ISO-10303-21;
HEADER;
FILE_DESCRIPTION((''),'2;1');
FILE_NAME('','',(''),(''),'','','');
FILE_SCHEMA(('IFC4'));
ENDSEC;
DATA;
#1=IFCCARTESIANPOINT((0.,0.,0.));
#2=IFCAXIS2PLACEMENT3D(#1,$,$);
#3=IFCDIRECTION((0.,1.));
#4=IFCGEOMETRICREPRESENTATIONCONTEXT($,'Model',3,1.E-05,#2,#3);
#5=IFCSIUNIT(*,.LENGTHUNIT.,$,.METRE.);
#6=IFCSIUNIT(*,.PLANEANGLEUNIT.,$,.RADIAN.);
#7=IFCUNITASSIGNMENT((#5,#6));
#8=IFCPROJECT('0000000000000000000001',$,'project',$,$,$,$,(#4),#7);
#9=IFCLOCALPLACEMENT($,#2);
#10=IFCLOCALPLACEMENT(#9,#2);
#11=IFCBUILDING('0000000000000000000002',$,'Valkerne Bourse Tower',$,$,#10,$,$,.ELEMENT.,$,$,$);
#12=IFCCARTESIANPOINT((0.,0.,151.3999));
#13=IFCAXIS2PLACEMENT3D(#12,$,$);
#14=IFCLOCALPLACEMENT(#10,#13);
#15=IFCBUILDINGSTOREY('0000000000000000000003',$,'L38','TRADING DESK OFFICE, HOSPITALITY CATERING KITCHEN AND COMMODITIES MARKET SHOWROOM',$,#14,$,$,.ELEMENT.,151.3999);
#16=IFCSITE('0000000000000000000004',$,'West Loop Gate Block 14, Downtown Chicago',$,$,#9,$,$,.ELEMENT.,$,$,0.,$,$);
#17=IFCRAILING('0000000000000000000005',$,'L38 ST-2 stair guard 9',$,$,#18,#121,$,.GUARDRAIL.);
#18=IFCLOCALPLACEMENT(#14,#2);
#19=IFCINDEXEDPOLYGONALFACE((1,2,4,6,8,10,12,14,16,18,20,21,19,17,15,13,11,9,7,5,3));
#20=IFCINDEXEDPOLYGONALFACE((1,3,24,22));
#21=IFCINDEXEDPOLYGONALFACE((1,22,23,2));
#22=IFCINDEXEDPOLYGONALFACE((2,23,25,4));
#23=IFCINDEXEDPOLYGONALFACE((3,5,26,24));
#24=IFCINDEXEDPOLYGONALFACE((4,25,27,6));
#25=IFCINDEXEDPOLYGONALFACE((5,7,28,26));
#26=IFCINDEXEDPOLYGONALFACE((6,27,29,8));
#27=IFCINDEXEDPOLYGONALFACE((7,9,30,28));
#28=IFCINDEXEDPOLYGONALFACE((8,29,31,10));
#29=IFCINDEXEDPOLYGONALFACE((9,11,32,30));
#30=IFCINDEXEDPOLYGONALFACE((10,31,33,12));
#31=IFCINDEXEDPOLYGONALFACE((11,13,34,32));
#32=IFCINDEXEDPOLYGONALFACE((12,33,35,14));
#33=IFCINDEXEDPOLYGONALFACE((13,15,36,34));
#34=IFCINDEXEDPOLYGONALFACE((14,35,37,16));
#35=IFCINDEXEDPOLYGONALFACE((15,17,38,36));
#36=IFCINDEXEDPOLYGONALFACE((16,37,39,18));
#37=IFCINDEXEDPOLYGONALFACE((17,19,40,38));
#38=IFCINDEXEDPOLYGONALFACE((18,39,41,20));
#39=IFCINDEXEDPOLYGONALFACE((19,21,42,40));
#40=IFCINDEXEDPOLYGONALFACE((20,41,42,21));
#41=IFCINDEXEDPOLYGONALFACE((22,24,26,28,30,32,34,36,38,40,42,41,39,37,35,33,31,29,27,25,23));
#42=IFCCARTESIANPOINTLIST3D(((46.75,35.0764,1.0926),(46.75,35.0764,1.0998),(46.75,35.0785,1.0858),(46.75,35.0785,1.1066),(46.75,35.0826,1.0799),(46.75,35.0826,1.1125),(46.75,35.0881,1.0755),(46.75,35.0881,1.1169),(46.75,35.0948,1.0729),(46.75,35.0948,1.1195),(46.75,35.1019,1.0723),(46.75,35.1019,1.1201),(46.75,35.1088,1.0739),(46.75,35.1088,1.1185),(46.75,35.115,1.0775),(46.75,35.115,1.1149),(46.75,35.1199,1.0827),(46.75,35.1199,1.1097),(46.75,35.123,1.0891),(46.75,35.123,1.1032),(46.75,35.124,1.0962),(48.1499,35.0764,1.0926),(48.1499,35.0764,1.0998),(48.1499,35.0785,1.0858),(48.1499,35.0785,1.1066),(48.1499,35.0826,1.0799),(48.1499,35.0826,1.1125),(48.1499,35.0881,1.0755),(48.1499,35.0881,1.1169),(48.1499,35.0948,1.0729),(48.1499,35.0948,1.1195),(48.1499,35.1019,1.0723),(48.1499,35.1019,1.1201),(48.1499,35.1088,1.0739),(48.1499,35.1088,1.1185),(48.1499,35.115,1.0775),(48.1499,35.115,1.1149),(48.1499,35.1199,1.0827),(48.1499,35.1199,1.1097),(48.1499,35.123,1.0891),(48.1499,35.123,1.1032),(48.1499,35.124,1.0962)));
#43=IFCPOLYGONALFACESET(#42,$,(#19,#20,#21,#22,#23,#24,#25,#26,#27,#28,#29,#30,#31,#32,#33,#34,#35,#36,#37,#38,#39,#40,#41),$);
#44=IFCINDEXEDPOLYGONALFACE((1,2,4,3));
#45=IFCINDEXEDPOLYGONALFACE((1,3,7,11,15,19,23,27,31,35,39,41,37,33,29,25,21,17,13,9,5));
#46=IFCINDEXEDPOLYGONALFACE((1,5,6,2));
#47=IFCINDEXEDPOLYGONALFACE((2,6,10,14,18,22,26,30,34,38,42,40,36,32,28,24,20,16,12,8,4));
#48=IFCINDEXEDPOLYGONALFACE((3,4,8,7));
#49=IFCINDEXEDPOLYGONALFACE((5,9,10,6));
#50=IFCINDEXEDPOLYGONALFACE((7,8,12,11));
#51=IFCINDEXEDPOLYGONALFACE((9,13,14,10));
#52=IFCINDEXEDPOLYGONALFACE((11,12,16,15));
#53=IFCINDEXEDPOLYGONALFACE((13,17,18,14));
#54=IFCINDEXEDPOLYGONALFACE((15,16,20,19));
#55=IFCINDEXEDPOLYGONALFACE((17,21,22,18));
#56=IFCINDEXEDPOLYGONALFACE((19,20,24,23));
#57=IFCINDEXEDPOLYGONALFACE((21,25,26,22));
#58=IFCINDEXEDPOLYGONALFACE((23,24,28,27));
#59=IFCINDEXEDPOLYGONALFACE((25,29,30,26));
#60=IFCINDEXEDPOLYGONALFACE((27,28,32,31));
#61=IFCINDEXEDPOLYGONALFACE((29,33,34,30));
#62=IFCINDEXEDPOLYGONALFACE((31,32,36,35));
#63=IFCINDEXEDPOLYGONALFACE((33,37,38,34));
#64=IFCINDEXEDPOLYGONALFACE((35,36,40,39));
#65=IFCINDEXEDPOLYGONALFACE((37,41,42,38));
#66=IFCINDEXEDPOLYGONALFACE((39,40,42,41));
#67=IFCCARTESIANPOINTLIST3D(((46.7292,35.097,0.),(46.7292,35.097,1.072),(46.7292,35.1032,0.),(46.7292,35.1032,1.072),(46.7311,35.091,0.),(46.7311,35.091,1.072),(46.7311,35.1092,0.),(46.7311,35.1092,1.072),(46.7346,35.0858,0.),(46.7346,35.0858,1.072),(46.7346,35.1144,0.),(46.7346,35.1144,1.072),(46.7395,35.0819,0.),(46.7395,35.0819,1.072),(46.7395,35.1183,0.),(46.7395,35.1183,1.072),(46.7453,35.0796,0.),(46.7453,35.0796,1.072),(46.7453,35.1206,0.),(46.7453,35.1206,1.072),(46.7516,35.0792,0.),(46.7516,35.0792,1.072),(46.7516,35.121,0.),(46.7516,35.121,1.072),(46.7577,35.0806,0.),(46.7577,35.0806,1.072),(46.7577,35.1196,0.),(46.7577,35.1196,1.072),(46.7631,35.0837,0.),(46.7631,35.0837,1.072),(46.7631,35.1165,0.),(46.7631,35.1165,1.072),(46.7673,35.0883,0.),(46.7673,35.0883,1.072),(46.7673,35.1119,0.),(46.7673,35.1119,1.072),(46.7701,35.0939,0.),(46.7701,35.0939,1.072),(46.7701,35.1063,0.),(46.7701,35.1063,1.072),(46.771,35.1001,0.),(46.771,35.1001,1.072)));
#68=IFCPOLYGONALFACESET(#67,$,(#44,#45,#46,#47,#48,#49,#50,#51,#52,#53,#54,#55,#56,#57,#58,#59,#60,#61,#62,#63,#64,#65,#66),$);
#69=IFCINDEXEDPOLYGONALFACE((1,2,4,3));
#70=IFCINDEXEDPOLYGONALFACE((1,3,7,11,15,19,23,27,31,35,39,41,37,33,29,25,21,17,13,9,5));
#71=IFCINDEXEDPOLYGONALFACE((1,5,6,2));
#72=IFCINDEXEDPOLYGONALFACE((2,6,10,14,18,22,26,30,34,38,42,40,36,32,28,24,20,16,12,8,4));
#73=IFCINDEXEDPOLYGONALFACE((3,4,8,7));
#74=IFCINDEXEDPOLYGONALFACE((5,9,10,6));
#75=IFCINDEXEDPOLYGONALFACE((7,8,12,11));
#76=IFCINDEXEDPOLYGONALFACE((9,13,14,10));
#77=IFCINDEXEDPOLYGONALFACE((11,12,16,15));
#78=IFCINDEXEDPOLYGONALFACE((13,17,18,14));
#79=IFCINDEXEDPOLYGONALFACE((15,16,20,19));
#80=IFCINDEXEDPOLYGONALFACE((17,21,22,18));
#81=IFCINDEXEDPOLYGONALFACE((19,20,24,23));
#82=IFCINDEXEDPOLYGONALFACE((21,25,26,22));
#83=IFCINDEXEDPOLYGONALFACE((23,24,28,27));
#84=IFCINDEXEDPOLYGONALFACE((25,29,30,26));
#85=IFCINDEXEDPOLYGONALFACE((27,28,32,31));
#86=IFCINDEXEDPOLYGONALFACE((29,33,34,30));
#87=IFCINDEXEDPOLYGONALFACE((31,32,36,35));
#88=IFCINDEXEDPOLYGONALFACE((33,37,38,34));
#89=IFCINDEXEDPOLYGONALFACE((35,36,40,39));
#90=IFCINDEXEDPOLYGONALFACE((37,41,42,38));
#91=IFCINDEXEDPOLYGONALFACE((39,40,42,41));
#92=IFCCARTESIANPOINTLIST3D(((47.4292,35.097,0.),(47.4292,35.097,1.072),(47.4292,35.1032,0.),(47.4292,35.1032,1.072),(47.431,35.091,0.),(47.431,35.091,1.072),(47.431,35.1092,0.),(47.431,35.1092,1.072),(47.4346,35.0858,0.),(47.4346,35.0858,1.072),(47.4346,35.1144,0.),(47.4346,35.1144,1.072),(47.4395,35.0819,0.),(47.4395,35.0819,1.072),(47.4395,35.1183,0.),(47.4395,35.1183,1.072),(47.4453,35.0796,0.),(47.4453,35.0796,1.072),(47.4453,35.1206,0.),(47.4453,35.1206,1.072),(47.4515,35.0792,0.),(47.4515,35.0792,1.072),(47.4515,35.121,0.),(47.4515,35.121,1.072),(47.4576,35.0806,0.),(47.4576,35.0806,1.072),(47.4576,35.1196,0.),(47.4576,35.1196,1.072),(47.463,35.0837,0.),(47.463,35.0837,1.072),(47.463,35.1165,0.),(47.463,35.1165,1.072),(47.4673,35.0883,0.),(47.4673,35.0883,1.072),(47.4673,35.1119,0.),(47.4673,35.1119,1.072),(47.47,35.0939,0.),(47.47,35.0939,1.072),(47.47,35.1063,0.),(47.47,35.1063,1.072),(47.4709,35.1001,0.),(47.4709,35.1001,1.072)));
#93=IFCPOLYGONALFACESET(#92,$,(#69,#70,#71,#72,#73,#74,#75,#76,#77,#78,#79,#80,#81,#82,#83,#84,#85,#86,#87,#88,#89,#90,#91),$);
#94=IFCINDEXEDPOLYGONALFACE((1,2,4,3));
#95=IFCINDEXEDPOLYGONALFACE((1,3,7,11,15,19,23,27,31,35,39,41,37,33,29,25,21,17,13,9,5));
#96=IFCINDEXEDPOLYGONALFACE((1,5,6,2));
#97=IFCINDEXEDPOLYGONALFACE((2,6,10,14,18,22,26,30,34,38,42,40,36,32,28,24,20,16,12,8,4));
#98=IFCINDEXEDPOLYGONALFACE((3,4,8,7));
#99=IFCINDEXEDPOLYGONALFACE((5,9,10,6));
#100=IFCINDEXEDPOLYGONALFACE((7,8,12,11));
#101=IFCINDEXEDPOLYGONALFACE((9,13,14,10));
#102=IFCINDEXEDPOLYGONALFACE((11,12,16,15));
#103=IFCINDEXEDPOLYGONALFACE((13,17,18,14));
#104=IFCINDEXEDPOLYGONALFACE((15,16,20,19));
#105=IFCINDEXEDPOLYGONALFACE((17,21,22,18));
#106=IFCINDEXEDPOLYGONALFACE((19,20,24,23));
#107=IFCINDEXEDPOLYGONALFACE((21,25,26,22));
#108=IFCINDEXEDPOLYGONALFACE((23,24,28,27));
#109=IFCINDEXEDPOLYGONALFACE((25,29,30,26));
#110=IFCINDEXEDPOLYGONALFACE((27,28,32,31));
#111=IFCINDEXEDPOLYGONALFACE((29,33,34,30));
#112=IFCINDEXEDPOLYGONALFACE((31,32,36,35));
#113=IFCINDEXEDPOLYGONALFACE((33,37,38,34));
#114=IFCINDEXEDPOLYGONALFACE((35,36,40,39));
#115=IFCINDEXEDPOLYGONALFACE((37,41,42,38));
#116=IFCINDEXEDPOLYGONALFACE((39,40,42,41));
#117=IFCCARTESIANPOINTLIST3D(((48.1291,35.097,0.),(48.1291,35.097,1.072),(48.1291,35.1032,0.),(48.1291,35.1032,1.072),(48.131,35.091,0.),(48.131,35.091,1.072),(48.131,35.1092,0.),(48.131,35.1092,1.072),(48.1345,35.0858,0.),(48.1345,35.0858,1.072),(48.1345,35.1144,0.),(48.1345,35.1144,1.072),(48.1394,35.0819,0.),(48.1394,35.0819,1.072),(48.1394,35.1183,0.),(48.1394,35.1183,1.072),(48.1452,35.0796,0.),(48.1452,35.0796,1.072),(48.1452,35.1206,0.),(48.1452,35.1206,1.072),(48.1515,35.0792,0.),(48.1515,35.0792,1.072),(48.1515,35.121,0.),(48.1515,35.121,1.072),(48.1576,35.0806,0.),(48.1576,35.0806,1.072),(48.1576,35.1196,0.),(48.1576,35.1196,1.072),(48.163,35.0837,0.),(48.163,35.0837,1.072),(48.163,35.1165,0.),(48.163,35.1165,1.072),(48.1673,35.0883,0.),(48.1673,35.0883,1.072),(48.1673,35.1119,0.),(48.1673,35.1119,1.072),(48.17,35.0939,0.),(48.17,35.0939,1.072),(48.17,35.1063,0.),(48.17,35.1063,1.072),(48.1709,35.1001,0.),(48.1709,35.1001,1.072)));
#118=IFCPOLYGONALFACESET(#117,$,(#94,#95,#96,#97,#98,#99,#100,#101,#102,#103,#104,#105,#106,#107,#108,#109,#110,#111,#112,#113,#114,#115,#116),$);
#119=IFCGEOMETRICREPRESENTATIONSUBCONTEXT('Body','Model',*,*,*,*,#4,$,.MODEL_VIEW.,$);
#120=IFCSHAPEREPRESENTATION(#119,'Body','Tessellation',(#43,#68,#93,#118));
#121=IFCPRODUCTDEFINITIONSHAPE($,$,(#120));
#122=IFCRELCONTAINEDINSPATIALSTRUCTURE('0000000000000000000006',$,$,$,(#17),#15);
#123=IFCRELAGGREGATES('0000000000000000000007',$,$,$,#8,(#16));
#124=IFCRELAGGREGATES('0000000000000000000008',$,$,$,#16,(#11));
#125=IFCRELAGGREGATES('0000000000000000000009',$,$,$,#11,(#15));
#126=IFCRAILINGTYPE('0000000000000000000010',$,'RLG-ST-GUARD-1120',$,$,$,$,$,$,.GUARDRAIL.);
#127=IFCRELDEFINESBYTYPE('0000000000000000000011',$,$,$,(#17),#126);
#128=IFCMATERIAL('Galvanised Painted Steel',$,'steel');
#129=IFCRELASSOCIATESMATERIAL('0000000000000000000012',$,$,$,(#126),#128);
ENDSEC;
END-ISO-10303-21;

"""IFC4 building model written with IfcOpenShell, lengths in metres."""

from ifc_helpers import new_model, si_unit, direction, frame, origin, origin_2d, place, context, subcontext, project, spatial, circle, extrude, material, type_object, element, save


model = new_model("IFC4")

# Units and contexts
model_context = context("Model", 3, precision=1e-05, world=origin(), true_north=direction((0.0, 1.0)))
body_context = subcontext(model_context, "Body", "Model", "MODEL_VIEW")
ifc_project = project(units=[si_unit("LENGTHUNIT", "METRE"), si_unit("PLANEANGLEUNIT", "RADIAN")], contexts=[model_context])

# Site, building, storey
site_placement = place(None, origin())
site = spatial("IfcSite", under=ifc_project, at=site_placement, Name="West Loop Gate Block 14, Downtown Chicago", CompositionType="ELEMENT", RefElevation=0.0)
building_placement = place(site_placement, origin())
building = spatial("IfcBuilding", under=site, at=building_placement, Name="Valkerne Bourse Tower", CompositionType="ELEMENT")
storey_placement = place(building_placement, frame((0.0, 0.0, 151.3999)))
storey = spatial("IfcBuildingStorey", under=building, at=storey_placement, Name="L38", Description="TRADING DESK OFFICE, HOSPITALITY CATERING KITCHEN AND COMMODITIES MARKET SHOWROOM", CompositionType="ELEMENT", Elevation=151.3999)

# Shared definitions
ifc_material_1 = material(Name="Galvanised Painted Steel", Category="steel")

# Railing
railing_type_1 = type_object("IfcRailingType", Name="RLG-ST-GUARD-1120", PredefinedType="GUARDRAIL", material=ifc_material_1)
for number, where, name in (
    (1, (46.75, 35.1001, 0.0), "L38 ST-2 stair guard 9"),
):
    element("IfcRailing", number, at=place(storey_placement, frame(where)), inside=storey, type_object=railing_type_1, Name=name, PredefinedType="GUARDRAIL", context=body_context, shape_type="SweptSolid", body=[
        extrude(circle(Radius=0.0239, at=origin_2d()), frame((0.0, 0.0, 1.0962), z_axis=(1.0, 0.0, 0.0), x_axis=(0.0, 1.0, 0.0)), (0.0, 0.0, 1.0), 1.3999),
        extrude(circle(Radius=0.021, at=origin_2d()), origin(), (0.0, 0.0, 1.0), 1.072),
        extrude(circle(Radius=0.021, at=origin_2d()), frame((0.7, 0.0, 0.0)), (0.0, 0.0, 1.0), 1.072),
        extrude(circle(Radius=0.021, at=origin_2d()), frame((1.3999, 0.0, 0.0)), (0.0, 0.0, 1.0), 1.072),
    ])

save(model, "model.ifc")
